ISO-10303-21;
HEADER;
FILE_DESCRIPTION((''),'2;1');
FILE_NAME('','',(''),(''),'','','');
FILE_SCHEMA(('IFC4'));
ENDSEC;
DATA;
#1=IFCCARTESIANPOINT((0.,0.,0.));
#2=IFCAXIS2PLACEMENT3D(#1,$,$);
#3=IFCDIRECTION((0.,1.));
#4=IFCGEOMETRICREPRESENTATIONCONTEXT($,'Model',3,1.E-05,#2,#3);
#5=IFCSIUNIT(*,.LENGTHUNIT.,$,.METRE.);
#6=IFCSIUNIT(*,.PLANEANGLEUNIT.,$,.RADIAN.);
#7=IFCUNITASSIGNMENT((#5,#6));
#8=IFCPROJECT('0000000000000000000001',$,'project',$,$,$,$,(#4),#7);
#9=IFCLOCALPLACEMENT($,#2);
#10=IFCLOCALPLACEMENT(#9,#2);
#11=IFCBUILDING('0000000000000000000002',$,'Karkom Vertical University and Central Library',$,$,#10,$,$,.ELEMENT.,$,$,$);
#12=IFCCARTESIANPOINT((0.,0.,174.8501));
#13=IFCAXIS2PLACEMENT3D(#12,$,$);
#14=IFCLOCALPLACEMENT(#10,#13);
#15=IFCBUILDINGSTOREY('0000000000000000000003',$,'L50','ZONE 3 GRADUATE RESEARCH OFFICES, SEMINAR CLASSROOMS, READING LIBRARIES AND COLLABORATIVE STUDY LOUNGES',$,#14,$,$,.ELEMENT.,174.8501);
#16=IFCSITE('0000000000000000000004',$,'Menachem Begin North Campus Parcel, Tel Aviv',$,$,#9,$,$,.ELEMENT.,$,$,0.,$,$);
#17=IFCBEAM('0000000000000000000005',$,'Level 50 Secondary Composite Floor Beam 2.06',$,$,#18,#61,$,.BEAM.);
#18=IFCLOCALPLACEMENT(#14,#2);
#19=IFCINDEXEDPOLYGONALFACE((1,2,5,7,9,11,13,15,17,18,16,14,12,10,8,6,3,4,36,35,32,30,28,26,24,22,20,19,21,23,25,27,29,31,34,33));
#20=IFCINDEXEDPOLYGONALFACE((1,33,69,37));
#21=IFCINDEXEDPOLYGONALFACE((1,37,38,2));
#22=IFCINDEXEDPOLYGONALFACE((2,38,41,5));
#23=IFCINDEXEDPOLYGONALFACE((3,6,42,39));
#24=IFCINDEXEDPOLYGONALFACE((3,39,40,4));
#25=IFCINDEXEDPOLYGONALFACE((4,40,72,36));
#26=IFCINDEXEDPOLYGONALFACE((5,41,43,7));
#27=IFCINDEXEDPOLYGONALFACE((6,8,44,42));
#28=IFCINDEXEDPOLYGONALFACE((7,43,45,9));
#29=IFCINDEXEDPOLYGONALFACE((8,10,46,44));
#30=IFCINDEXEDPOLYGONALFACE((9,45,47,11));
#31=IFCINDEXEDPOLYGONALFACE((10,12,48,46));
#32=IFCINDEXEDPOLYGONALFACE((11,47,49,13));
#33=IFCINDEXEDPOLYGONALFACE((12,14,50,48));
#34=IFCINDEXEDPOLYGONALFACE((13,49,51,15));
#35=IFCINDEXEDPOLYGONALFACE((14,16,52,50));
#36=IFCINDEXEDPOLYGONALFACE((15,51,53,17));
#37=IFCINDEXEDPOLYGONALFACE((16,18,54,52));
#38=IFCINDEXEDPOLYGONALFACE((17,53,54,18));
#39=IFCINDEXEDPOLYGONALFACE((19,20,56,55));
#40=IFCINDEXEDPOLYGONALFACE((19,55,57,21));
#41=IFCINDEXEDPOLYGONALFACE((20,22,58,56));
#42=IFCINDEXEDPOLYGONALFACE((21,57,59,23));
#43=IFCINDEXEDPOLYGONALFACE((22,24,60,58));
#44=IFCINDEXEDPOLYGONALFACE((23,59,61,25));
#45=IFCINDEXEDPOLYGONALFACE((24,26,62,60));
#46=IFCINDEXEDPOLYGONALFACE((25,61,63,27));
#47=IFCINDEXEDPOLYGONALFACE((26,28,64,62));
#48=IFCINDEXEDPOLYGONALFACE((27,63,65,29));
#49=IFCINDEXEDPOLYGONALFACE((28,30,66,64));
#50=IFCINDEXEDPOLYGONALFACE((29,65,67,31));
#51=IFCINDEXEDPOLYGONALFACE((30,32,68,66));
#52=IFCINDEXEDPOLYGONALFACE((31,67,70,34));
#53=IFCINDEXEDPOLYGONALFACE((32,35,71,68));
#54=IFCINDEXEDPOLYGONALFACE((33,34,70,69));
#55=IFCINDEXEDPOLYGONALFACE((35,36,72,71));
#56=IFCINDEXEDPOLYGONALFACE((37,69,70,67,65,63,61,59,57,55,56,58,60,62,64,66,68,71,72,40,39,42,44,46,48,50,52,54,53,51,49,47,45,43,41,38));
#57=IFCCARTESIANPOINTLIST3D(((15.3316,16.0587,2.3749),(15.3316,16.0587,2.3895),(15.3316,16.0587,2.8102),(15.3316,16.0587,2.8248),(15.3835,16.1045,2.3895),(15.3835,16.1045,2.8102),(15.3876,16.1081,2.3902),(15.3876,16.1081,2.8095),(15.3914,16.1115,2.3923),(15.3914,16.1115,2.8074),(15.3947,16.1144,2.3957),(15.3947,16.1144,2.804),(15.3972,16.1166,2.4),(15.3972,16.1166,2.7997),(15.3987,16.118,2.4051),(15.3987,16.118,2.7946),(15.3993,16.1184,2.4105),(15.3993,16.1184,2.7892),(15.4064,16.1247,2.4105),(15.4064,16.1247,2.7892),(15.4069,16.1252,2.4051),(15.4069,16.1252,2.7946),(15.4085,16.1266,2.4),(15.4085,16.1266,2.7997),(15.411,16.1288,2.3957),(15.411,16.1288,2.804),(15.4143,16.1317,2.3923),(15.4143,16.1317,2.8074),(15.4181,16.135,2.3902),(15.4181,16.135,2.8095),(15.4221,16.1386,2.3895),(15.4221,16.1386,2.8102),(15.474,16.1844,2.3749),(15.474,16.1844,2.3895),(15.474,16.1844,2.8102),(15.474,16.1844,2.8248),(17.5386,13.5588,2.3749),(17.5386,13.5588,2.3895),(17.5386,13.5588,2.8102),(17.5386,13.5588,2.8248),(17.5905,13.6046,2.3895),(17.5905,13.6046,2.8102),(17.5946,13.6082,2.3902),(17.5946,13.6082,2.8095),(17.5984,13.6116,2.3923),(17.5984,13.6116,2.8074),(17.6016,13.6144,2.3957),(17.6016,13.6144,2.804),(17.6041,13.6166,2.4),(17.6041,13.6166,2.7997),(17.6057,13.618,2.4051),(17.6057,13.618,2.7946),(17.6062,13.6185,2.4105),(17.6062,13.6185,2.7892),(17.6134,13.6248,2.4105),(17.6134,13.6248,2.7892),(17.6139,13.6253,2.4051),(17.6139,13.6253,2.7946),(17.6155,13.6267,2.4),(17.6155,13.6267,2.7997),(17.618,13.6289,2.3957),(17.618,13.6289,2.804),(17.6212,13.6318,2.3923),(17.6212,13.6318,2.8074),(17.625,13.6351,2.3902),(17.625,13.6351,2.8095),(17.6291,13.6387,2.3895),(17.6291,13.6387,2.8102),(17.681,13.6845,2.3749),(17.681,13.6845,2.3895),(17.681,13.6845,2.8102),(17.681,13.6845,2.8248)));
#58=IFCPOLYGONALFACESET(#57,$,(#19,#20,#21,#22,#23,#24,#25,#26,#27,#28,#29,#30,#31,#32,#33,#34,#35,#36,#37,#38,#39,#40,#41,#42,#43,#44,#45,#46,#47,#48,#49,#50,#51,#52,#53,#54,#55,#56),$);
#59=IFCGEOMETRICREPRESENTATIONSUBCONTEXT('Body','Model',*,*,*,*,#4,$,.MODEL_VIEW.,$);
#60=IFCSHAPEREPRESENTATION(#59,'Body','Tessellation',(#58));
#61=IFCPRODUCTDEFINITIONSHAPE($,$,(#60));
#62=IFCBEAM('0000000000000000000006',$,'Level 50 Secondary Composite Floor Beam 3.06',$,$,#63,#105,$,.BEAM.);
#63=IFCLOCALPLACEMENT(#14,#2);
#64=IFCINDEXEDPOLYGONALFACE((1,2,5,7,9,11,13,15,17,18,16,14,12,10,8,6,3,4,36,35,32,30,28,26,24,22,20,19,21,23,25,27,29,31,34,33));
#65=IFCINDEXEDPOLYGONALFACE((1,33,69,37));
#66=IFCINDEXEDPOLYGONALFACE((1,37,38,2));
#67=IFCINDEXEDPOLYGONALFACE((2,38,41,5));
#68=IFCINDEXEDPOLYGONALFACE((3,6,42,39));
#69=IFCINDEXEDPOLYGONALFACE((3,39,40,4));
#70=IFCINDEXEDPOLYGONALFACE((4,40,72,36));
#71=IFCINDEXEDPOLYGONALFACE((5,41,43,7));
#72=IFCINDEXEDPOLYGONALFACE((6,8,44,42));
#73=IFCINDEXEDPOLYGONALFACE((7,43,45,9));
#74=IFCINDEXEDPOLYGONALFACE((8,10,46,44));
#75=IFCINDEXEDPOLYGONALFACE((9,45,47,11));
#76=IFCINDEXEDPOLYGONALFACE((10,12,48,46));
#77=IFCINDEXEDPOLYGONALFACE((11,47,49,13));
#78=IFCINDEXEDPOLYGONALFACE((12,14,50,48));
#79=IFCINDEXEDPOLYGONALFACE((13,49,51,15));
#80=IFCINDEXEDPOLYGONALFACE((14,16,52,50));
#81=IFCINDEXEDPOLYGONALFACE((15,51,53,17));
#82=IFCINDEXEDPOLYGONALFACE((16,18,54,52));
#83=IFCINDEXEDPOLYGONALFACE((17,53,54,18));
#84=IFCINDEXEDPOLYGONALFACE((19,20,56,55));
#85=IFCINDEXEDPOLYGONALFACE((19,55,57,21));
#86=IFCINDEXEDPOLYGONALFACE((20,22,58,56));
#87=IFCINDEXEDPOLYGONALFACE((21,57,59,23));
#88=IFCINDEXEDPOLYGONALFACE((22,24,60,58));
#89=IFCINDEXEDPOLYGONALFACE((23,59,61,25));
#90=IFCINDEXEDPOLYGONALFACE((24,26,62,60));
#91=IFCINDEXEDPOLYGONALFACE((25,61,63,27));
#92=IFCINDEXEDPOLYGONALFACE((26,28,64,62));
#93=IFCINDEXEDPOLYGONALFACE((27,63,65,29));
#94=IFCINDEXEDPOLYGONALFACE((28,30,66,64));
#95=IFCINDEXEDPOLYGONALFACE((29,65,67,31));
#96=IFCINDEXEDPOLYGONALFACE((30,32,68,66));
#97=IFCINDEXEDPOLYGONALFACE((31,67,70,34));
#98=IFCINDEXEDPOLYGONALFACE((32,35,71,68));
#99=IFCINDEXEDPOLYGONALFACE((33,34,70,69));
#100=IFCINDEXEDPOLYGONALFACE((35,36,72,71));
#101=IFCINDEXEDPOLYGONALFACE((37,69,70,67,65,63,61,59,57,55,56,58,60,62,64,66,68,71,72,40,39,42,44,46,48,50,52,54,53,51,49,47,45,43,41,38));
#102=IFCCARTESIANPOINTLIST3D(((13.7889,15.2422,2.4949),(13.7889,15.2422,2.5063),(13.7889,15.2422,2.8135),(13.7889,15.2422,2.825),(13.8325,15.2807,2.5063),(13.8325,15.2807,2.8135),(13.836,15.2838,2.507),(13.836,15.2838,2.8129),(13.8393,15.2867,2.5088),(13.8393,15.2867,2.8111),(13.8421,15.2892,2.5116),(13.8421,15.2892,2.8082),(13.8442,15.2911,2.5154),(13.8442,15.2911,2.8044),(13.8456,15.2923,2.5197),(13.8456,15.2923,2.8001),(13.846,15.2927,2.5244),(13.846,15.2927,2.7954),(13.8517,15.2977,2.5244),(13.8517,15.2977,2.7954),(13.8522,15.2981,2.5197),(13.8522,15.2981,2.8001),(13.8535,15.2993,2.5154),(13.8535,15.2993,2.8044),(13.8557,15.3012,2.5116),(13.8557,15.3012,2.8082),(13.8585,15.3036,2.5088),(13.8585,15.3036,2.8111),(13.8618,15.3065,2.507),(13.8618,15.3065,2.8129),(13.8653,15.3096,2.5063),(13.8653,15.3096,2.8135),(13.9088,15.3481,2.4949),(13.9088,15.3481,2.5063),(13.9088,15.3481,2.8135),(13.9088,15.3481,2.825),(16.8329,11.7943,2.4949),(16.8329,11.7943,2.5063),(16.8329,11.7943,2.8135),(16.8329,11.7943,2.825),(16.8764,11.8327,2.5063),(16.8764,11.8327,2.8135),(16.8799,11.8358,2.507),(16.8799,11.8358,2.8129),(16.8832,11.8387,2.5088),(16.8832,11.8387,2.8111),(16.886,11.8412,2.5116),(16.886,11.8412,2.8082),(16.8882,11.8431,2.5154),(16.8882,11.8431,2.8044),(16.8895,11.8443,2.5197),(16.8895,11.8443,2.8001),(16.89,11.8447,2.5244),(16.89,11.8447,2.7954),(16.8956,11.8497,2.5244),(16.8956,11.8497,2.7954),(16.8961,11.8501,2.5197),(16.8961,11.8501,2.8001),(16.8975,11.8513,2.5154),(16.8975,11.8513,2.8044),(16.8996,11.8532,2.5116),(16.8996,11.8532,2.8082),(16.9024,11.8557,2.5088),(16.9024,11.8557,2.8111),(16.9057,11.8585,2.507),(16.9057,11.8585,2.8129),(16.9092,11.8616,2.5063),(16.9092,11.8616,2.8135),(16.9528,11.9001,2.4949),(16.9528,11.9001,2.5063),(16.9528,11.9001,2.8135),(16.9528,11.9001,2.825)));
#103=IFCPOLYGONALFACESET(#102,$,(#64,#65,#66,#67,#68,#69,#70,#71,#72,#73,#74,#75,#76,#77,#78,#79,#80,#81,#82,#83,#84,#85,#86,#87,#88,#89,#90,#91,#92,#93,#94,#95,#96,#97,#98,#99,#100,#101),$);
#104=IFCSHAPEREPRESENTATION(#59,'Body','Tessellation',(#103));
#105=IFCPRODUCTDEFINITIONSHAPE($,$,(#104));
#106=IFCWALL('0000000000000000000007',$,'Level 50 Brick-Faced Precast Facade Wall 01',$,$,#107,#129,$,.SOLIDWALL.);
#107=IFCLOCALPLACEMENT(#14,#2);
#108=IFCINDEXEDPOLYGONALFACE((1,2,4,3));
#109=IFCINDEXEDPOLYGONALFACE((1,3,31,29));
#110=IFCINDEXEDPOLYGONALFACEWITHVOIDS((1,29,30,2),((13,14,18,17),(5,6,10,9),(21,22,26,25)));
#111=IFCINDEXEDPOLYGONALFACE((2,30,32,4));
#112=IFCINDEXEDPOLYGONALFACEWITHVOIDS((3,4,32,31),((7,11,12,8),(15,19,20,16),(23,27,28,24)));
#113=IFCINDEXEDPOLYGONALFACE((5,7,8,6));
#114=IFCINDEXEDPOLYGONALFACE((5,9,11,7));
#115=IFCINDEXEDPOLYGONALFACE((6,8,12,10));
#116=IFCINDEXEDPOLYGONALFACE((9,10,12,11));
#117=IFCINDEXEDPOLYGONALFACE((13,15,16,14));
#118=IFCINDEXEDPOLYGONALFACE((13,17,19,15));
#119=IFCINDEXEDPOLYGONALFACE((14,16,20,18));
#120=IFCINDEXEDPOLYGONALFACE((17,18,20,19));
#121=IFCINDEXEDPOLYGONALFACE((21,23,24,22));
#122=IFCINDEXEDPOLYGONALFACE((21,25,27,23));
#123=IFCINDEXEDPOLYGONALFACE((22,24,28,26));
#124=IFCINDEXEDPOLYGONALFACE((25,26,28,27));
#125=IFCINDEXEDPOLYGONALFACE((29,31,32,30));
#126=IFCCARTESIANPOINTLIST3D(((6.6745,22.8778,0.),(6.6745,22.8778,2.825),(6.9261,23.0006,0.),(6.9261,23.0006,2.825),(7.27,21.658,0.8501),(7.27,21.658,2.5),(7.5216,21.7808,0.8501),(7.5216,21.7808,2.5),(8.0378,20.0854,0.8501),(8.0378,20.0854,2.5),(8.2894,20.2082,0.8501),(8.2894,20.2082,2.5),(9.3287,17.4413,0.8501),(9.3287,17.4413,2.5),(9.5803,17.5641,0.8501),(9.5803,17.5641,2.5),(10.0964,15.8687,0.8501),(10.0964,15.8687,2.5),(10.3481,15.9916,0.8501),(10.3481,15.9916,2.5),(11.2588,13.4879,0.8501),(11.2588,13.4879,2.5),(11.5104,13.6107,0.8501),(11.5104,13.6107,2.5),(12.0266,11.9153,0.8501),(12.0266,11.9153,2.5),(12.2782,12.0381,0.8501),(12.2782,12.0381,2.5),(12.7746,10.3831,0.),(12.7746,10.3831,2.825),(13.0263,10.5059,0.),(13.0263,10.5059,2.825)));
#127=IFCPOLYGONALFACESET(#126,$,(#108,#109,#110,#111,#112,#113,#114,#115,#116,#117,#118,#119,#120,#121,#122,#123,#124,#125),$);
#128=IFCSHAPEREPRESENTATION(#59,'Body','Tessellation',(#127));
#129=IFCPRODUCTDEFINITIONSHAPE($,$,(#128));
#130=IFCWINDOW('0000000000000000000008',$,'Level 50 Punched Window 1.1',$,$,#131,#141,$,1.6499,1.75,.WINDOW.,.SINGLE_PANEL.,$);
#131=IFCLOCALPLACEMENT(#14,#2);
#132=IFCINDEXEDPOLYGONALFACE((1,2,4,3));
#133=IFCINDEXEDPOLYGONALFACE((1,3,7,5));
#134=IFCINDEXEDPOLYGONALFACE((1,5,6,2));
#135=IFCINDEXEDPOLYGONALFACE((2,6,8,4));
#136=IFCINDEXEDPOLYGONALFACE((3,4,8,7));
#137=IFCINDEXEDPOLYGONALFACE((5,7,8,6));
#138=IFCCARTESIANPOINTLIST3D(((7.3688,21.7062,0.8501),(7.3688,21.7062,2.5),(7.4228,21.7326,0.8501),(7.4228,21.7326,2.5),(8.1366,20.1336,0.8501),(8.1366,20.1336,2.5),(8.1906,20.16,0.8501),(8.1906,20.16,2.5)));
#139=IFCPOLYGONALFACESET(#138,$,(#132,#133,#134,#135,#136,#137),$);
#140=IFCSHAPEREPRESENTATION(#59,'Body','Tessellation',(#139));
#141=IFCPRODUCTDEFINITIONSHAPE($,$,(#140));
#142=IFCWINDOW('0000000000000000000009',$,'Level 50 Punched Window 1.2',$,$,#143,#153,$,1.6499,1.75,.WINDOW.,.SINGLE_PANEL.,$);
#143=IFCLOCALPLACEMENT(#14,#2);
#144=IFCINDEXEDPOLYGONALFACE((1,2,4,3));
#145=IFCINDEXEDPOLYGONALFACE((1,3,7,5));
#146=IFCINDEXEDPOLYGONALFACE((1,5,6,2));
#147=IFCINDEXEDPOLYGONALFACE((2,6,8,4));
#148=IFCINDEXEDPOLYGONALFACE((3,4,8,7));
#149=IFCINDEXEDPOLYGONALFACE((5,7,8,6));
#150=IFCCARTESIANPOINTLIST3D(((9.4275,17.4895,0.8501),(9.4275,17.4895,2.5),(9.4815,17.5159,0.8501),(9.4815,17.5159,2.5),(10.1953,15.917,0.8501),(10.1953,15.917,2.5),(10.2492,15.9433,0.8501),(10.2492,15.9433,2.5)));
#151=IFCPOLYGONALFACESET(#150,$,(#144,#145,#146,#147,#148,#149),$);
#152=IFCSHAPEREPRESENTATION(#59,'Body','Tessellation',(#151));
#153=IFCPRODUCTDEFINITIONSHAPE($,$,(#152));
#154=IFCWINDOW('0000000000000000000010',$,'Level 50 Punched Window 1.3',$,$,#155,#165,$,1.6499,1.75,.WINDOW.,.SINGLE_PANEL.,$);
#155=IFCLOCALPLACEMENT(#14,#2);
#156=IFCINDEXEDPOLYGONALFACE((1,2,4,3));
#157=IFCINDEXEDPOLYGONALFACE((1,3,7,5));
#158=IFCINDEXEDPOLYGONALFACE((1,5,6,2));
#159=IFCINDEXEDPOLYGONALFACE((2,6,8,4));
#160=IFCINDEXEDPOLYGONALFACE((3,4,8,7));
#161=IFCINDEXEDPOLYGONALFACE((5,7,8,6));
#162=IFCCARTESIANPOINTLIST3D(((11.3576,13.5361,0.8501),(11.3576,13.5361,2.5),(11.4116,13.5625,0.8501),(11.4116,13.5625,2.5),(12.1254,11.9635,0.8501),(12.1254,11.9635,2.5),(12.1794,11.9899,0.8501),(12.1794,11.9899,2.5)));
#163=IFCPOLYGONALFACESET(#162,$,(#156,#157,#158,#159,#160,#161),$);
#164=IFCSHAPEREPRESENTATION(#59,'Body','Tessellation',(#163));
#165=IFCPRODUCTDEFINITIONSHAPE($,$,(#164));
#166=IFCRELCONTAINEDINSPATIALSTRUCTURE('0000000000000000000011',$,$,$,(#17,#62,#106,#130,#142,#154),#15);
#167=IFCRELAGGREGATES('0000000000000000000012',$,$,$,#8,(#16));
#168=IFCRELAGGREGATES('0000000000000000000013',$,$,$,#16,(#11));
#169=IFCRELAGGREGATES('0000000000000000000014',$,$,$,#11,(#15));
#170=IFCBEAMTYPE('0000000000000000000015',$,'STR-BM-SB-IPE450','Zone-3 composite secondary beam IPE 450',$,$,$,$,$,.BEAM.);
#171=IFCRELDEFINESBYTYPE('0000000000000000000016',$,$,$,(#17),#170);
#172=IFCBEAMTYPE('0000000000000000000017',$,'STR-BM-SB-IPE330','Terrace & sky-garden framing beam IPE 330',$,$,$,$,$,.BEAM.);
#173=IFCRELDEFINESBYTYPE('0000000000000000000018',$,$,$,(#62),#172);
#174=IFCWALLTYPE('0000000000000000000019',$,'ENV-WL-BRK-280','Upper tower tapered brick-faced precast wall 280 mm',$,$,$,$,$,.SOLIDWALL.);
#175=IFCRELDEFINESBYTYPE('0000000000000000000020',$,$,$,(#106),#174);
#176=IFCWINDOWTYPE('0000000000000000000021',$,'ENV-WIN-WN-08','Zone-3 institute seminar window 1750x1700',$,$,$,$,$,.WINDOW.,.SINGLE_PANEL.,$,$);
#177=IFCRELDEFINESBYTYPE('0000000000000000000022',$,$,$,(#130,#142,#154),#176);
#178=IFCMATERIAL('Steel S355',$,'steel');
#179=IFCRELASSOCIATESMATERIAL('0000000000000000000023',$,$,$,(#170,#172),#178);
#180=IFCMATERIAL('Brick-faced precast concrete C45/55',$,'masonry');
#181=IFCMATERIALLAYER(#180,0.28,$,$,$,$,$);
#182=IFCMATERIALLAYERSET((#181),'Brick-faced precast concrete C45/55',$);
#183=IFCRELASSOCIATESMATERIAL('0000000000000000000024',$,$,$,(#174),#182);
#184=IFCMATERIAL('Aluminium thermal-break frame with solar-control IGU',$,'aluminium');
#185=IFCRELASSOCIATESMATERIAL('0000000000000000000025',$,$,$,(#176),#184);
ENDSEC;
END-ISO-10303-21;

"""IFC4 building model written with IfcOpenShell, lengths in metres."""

from ifc_helpers import new_model, si_unit, direction, frame, frame_2d, origin, origin_with_axes, origin_2d, place, context, subcontext, project, spatial, rectangle, i_section, extrude, source, transform, mapped, material, layer, layer_set, material_profile, profile_set, type_object, element, fill, save


model = new_model("IFC4")

# Units and contexts
model_context = context("Model", 3, precision=1e-05, world=origin(), true_north=direction((0.0, 1.0)))
body_context = subcontext(model_context, "Body", "Model", "MODEL_VIEW")
ifc_project = project(units=[si_unit("LENGTHUNIT", "METRE"), si_unit("PLANEANGLEUNIT", "RADIAN")], contexts=[model_context])

# Site, building, storey
site_placement = place(None, origin())
site = spatial("IfcSite", under=ifc_project, at=site_placement, Name="Menachem Begin North Campus Parcel, Tel Aviv", CompositionType="ELEMENT", RefElevation=0.0)
building_placement = place(site_placement, origin())
building = spatial("IfcBuilding", under=site, at=building_placement, Name="Karkom Vertical University and Central Library", CompositionType="ELEMENT")
storey_placement = place(building_placement, frame((0.0, 0.0, 174.8501)))
storey = spatial("IfcBuildingStorey", under=building, at=storey_placement, Name="L50", Description="ZONE 3 GRADUATE RESEARCH OFFICES, SEMINAR CLASSROOMS, READING LIBRARIES AND COLLABORATIVE STUDY LOUNGES", CompositionType="ELEMENT", Elevation=174.8501)

# Beams
ifc_material_1 = material(Name="Steel S355", Category="steel")
ifc_material_profile_1 = material_profile(ifc_material_1, i_section(OverallWidth=0.1899, OverallDepth=0.45, WebThickness=0.0095, FlangeThickness=0.0146, FilletRadius=0.021, at=origin_2d()), Name="IPE 450")
ifc_profile_set_1 = profile_set([ifc_material_profile_1], Name="Steel S355")
beam_type_1 = type_object("IfcBeamType", Name="STR-BM-SB-IPE450", Description="Zone-3 composite secondary beam IPE 450", PredefinedType="BEAM", material=ifc_profile_set_1)
shared_shape_1 = source(origin_with_axes(), body_context, "Body", "SweptSolid", [
    extrude(i_section(OverallWidth=0.1899, OverallDepth=0.45, WebThickness=0.0095, FlangeThickness=0.0146, FilletRadius=0.021, at=origin_2d()), origin(), (0.0, 0.0, 1.0), 3.3347),
])
beam_1_placement = place(storey_placement, frame((15.4028, 16.1216, 2.5999), z_axis=(0.661815, -0.749667, 0.0), x_axis=(0.749667, 0.661815, 0.0)))
element("IfcBeam", 1, at=beam_1_placement, inside=storey, type_object=beam_type_1, Name="Level 50 Secondary Composite Floor Beam 2.06", PredefinedType="BEAM", context=body_context, shape_type="MappedRepresentation", body=[
    mapped(shared_shape_1, transform((0.0, 0.0, 0.0), scale=1.0)),
])
ifc_material_profile_2 = material_profile(ifc_material_1, i_section(OverallWidth=0.1599, OverallDepth=0.3301, WebThickness=0.0076, FlangeThickness=0.0115, FilletRadius=0.0181, at=origin_2d()), Name="IPE 330")
ifc_profile_set_2 = profile_set([ifc_material_profile_2], Name="Steel S355")
beam_type_2 = type_object("IfcBeamType", Name="STR-BM-SB-IPE330", Description="Terrace & sky-garden framing beam IPE 330", PredefinedType="BEAM", material=ifc_profile_set_2)
shared_shape_2 = source(origin_with_axes(), body_context, "Body", "SweptSolid", [
    extrude(i_section(OverallWidth=0.1599, OverallDepth=0.3301, WebThickness=0.0076, FlangeThickness=0.0115, FilletRadius=0.0181, at=origin_2d()), origin(), (0.0, 0.0, 1.0), 4.5994),
])
beam_2_placement = place(storey_placement, frame((13.8489, 15.2952, 2.6599), z_axis=(0.661816, -0.749666, 0.0), x_axis=(0.749666, 0.661816, 0.0)))
element("IfcBeam", 2, at=beam_2_placement, inside=storey, type_object=beam_type_2, Name="Level 50 Secondary Composite Floor Beam 3.06", PredefinedType="BEAM", context=body_context, shape_type="MappedRepresentation", body=[
    mapped(shared_shape_2, transform((0.0, 0.0, 0.0), scale=1.0)),
])

# Wall, openings, windows
ifc_material_2 = material(Name="Brick-faced precast concrete C45/55", Category="masonry")
ifc_layer_1 = layer(ifc_material_2, 0.28)
ifc_layer_set_1 = layer_set([ifc_layer_1], Name="Brick-faced precast concrete C45/55")
wall_type_1 = type_object("IfcWallType", Name="ENV-WL-BRK-280", Description="Upper tower tapered brick-faced precast wall 280 mm", PredefinedType="SOLIDWALL", material=ifc_layer_set_1)
wall_1_placement = place(storey_placement, frame((6.8003, 22.9392, 0.0), z_axis=(0.0, 0.0, 1.0), x_axis=(0.438723, -0.898622, 0.0)))
wall_1 = element("IfcWall", 3, at=wall_1_placement, inside=storey, type_object=wall_type_1, Name="Level 50 Brick-Faced Precast Facade Wall 01", PredefinedType="SOLIDWALL", context=body_context, shape_type="SweptSolid", body=[
    extrude(rectangle(XDim=13.9043, YDim=0.28, at=frame_2d((6.9521, 0.0))), origin(), (0.0, 0.0, 1.0), 2.825),
])
opening_1_placement = place(wall_1_placement, frame((1.3574, 0.0, 0.8501)))
opening_1 = element("IfcOpeningElement", 4, at=opening_1_placement, cuts=wall_1, PredefinedType="OPENING", context=body_context, shape_type="SweptSolid", body=[
    extrude(rectangle(XDim=1.75, YDim=1.6499, at=frame_2d((0.875, 0.825))), frame((0.0, 0.1499, 0.0), z_axis=(0.0, -1.0, 0.0), x_axis=(1.0, 0.0, 0.0)), (0.0, 0.0, 1.0), 0.3),
])
opening_2_placement = place(wall_1_placement, frame((6.0498, 0.0, 0.8501)))
opening_2 = element("IfcOpeningElement", 5, at=opening_2_placement, cuts=wall_1, PredefinedType="OPENING", context=body_context, shape_type="SweptSolid", body=[
    extrude(rectangle(XDim=1.75, YDim=1.6499, at=frame_2d((0.875, 0.825))), frame((0.0, 0.1499, 0.0), z_axis=(0.0, -1.0, 0.0), x_axis=(1.0, 0.0, 0.0)), (0.0, 0.0, 1.0), 0.3),
])
opening_3_placement = place(wall_1_placement, frame((10.4492, 0.0, 0.8501)))
opening_3 = element("IfcOpeningElement", 6, at=opening_3_placement, cuts=wall_1, PredefinedType="OPENING", context=body_context, shape_type="SweptSolid", body=[
    extrude(rectangle(XDim=1.75, YDim=1.6499, at=frame_2d((0.875, 0.825))), frame((0.0, 0.1499, 0.0), z_axis=(0.0, -1.0, 0.0), x_axis=(1.0, 0.0, 0.0)), (0.0, 0.0, 1.0), 0.3),
])
ifc_material_3 = material(Name="Aluminium thermal-break frame with solar-control IGU", Category="aluminium")
window_type = type_object("IfcWindowType", Name="ENV-WIN-WN-08", Description="Zone-3 institute seminar window 1750x1700", PartitioningType="SINGLE_PANEL", PredefinedType="WINDOW", material=ifc_material_3)
shared_shape_3 = source(origin_with_axes(), body_context, "Body", "SweptSolid", [
    extrude(rectangle(XDim=1.75, YDim=1.6499, at=frame_2d((0.875, 0.825))), frame((0.0, 0.03, 0.0), z_axis=(0.0, -1.0, 0.0), x_axis=(1.0, 0.0, 0.0)), (0.0, 0.0, 1.0), 0.0601),
])
window_1_placement = place(opening_1_placement, origin())
window_1 = element("IfcWindow", 7, at=window_1_placement, inside=storey, type_object=window_type, Name="Level 50 Punched Window 1.1", OverallHeight=1.6499, OverallWidth=1.75, PartitioningType="SINGLE_PANEL", PredefinedType="WINDOW", context=body_context, shape_type="MappedRepresentation", body=[
    mapped(shared_shape_3, transform((0.0, 0.0, 0.0), scale=1.0)),
])
fill(opening_1, window_1)
window_2_placement = place(opening_2_placement, origin())
window_2 = element("IfcWindow", 8, at=window_2_placement, inside=storey, type_object=window_type, Name="Level 50 Punched Window 1.2", OverallHeight=1.6499, OverallWidth=1.75, PartitioningType="SINGLE_PANEL", PredefinedType="WINDOW", context=body_context, shape_type="MappedRepresentation", body=[
    mapped(shared_shape_3, transform((0.0, 0.0, 0.0), scale=1.0)),
])
fill(opening_2, window_2)
window_3_placement = place(opening_3_placement, origin())
window_3 = element("IfcWindow", 9, at=window_3_placement, inside=storey, type_object=window_type, Name="Level 50 Punched Window 1.3", OverallHeight=1.6499, OverallWidth=1.75, PartitioningType="SINGLE_PANEL", PredefinedType="WINDOW", context=body_context, shape_type="MappedRepresentation", body=[
    mapped(shared_shape_3, transform((0.0, 0.0, 0.0), scale=1.0)),
])
fill(opening_3, window_3)

save(model, "model.ifc")
